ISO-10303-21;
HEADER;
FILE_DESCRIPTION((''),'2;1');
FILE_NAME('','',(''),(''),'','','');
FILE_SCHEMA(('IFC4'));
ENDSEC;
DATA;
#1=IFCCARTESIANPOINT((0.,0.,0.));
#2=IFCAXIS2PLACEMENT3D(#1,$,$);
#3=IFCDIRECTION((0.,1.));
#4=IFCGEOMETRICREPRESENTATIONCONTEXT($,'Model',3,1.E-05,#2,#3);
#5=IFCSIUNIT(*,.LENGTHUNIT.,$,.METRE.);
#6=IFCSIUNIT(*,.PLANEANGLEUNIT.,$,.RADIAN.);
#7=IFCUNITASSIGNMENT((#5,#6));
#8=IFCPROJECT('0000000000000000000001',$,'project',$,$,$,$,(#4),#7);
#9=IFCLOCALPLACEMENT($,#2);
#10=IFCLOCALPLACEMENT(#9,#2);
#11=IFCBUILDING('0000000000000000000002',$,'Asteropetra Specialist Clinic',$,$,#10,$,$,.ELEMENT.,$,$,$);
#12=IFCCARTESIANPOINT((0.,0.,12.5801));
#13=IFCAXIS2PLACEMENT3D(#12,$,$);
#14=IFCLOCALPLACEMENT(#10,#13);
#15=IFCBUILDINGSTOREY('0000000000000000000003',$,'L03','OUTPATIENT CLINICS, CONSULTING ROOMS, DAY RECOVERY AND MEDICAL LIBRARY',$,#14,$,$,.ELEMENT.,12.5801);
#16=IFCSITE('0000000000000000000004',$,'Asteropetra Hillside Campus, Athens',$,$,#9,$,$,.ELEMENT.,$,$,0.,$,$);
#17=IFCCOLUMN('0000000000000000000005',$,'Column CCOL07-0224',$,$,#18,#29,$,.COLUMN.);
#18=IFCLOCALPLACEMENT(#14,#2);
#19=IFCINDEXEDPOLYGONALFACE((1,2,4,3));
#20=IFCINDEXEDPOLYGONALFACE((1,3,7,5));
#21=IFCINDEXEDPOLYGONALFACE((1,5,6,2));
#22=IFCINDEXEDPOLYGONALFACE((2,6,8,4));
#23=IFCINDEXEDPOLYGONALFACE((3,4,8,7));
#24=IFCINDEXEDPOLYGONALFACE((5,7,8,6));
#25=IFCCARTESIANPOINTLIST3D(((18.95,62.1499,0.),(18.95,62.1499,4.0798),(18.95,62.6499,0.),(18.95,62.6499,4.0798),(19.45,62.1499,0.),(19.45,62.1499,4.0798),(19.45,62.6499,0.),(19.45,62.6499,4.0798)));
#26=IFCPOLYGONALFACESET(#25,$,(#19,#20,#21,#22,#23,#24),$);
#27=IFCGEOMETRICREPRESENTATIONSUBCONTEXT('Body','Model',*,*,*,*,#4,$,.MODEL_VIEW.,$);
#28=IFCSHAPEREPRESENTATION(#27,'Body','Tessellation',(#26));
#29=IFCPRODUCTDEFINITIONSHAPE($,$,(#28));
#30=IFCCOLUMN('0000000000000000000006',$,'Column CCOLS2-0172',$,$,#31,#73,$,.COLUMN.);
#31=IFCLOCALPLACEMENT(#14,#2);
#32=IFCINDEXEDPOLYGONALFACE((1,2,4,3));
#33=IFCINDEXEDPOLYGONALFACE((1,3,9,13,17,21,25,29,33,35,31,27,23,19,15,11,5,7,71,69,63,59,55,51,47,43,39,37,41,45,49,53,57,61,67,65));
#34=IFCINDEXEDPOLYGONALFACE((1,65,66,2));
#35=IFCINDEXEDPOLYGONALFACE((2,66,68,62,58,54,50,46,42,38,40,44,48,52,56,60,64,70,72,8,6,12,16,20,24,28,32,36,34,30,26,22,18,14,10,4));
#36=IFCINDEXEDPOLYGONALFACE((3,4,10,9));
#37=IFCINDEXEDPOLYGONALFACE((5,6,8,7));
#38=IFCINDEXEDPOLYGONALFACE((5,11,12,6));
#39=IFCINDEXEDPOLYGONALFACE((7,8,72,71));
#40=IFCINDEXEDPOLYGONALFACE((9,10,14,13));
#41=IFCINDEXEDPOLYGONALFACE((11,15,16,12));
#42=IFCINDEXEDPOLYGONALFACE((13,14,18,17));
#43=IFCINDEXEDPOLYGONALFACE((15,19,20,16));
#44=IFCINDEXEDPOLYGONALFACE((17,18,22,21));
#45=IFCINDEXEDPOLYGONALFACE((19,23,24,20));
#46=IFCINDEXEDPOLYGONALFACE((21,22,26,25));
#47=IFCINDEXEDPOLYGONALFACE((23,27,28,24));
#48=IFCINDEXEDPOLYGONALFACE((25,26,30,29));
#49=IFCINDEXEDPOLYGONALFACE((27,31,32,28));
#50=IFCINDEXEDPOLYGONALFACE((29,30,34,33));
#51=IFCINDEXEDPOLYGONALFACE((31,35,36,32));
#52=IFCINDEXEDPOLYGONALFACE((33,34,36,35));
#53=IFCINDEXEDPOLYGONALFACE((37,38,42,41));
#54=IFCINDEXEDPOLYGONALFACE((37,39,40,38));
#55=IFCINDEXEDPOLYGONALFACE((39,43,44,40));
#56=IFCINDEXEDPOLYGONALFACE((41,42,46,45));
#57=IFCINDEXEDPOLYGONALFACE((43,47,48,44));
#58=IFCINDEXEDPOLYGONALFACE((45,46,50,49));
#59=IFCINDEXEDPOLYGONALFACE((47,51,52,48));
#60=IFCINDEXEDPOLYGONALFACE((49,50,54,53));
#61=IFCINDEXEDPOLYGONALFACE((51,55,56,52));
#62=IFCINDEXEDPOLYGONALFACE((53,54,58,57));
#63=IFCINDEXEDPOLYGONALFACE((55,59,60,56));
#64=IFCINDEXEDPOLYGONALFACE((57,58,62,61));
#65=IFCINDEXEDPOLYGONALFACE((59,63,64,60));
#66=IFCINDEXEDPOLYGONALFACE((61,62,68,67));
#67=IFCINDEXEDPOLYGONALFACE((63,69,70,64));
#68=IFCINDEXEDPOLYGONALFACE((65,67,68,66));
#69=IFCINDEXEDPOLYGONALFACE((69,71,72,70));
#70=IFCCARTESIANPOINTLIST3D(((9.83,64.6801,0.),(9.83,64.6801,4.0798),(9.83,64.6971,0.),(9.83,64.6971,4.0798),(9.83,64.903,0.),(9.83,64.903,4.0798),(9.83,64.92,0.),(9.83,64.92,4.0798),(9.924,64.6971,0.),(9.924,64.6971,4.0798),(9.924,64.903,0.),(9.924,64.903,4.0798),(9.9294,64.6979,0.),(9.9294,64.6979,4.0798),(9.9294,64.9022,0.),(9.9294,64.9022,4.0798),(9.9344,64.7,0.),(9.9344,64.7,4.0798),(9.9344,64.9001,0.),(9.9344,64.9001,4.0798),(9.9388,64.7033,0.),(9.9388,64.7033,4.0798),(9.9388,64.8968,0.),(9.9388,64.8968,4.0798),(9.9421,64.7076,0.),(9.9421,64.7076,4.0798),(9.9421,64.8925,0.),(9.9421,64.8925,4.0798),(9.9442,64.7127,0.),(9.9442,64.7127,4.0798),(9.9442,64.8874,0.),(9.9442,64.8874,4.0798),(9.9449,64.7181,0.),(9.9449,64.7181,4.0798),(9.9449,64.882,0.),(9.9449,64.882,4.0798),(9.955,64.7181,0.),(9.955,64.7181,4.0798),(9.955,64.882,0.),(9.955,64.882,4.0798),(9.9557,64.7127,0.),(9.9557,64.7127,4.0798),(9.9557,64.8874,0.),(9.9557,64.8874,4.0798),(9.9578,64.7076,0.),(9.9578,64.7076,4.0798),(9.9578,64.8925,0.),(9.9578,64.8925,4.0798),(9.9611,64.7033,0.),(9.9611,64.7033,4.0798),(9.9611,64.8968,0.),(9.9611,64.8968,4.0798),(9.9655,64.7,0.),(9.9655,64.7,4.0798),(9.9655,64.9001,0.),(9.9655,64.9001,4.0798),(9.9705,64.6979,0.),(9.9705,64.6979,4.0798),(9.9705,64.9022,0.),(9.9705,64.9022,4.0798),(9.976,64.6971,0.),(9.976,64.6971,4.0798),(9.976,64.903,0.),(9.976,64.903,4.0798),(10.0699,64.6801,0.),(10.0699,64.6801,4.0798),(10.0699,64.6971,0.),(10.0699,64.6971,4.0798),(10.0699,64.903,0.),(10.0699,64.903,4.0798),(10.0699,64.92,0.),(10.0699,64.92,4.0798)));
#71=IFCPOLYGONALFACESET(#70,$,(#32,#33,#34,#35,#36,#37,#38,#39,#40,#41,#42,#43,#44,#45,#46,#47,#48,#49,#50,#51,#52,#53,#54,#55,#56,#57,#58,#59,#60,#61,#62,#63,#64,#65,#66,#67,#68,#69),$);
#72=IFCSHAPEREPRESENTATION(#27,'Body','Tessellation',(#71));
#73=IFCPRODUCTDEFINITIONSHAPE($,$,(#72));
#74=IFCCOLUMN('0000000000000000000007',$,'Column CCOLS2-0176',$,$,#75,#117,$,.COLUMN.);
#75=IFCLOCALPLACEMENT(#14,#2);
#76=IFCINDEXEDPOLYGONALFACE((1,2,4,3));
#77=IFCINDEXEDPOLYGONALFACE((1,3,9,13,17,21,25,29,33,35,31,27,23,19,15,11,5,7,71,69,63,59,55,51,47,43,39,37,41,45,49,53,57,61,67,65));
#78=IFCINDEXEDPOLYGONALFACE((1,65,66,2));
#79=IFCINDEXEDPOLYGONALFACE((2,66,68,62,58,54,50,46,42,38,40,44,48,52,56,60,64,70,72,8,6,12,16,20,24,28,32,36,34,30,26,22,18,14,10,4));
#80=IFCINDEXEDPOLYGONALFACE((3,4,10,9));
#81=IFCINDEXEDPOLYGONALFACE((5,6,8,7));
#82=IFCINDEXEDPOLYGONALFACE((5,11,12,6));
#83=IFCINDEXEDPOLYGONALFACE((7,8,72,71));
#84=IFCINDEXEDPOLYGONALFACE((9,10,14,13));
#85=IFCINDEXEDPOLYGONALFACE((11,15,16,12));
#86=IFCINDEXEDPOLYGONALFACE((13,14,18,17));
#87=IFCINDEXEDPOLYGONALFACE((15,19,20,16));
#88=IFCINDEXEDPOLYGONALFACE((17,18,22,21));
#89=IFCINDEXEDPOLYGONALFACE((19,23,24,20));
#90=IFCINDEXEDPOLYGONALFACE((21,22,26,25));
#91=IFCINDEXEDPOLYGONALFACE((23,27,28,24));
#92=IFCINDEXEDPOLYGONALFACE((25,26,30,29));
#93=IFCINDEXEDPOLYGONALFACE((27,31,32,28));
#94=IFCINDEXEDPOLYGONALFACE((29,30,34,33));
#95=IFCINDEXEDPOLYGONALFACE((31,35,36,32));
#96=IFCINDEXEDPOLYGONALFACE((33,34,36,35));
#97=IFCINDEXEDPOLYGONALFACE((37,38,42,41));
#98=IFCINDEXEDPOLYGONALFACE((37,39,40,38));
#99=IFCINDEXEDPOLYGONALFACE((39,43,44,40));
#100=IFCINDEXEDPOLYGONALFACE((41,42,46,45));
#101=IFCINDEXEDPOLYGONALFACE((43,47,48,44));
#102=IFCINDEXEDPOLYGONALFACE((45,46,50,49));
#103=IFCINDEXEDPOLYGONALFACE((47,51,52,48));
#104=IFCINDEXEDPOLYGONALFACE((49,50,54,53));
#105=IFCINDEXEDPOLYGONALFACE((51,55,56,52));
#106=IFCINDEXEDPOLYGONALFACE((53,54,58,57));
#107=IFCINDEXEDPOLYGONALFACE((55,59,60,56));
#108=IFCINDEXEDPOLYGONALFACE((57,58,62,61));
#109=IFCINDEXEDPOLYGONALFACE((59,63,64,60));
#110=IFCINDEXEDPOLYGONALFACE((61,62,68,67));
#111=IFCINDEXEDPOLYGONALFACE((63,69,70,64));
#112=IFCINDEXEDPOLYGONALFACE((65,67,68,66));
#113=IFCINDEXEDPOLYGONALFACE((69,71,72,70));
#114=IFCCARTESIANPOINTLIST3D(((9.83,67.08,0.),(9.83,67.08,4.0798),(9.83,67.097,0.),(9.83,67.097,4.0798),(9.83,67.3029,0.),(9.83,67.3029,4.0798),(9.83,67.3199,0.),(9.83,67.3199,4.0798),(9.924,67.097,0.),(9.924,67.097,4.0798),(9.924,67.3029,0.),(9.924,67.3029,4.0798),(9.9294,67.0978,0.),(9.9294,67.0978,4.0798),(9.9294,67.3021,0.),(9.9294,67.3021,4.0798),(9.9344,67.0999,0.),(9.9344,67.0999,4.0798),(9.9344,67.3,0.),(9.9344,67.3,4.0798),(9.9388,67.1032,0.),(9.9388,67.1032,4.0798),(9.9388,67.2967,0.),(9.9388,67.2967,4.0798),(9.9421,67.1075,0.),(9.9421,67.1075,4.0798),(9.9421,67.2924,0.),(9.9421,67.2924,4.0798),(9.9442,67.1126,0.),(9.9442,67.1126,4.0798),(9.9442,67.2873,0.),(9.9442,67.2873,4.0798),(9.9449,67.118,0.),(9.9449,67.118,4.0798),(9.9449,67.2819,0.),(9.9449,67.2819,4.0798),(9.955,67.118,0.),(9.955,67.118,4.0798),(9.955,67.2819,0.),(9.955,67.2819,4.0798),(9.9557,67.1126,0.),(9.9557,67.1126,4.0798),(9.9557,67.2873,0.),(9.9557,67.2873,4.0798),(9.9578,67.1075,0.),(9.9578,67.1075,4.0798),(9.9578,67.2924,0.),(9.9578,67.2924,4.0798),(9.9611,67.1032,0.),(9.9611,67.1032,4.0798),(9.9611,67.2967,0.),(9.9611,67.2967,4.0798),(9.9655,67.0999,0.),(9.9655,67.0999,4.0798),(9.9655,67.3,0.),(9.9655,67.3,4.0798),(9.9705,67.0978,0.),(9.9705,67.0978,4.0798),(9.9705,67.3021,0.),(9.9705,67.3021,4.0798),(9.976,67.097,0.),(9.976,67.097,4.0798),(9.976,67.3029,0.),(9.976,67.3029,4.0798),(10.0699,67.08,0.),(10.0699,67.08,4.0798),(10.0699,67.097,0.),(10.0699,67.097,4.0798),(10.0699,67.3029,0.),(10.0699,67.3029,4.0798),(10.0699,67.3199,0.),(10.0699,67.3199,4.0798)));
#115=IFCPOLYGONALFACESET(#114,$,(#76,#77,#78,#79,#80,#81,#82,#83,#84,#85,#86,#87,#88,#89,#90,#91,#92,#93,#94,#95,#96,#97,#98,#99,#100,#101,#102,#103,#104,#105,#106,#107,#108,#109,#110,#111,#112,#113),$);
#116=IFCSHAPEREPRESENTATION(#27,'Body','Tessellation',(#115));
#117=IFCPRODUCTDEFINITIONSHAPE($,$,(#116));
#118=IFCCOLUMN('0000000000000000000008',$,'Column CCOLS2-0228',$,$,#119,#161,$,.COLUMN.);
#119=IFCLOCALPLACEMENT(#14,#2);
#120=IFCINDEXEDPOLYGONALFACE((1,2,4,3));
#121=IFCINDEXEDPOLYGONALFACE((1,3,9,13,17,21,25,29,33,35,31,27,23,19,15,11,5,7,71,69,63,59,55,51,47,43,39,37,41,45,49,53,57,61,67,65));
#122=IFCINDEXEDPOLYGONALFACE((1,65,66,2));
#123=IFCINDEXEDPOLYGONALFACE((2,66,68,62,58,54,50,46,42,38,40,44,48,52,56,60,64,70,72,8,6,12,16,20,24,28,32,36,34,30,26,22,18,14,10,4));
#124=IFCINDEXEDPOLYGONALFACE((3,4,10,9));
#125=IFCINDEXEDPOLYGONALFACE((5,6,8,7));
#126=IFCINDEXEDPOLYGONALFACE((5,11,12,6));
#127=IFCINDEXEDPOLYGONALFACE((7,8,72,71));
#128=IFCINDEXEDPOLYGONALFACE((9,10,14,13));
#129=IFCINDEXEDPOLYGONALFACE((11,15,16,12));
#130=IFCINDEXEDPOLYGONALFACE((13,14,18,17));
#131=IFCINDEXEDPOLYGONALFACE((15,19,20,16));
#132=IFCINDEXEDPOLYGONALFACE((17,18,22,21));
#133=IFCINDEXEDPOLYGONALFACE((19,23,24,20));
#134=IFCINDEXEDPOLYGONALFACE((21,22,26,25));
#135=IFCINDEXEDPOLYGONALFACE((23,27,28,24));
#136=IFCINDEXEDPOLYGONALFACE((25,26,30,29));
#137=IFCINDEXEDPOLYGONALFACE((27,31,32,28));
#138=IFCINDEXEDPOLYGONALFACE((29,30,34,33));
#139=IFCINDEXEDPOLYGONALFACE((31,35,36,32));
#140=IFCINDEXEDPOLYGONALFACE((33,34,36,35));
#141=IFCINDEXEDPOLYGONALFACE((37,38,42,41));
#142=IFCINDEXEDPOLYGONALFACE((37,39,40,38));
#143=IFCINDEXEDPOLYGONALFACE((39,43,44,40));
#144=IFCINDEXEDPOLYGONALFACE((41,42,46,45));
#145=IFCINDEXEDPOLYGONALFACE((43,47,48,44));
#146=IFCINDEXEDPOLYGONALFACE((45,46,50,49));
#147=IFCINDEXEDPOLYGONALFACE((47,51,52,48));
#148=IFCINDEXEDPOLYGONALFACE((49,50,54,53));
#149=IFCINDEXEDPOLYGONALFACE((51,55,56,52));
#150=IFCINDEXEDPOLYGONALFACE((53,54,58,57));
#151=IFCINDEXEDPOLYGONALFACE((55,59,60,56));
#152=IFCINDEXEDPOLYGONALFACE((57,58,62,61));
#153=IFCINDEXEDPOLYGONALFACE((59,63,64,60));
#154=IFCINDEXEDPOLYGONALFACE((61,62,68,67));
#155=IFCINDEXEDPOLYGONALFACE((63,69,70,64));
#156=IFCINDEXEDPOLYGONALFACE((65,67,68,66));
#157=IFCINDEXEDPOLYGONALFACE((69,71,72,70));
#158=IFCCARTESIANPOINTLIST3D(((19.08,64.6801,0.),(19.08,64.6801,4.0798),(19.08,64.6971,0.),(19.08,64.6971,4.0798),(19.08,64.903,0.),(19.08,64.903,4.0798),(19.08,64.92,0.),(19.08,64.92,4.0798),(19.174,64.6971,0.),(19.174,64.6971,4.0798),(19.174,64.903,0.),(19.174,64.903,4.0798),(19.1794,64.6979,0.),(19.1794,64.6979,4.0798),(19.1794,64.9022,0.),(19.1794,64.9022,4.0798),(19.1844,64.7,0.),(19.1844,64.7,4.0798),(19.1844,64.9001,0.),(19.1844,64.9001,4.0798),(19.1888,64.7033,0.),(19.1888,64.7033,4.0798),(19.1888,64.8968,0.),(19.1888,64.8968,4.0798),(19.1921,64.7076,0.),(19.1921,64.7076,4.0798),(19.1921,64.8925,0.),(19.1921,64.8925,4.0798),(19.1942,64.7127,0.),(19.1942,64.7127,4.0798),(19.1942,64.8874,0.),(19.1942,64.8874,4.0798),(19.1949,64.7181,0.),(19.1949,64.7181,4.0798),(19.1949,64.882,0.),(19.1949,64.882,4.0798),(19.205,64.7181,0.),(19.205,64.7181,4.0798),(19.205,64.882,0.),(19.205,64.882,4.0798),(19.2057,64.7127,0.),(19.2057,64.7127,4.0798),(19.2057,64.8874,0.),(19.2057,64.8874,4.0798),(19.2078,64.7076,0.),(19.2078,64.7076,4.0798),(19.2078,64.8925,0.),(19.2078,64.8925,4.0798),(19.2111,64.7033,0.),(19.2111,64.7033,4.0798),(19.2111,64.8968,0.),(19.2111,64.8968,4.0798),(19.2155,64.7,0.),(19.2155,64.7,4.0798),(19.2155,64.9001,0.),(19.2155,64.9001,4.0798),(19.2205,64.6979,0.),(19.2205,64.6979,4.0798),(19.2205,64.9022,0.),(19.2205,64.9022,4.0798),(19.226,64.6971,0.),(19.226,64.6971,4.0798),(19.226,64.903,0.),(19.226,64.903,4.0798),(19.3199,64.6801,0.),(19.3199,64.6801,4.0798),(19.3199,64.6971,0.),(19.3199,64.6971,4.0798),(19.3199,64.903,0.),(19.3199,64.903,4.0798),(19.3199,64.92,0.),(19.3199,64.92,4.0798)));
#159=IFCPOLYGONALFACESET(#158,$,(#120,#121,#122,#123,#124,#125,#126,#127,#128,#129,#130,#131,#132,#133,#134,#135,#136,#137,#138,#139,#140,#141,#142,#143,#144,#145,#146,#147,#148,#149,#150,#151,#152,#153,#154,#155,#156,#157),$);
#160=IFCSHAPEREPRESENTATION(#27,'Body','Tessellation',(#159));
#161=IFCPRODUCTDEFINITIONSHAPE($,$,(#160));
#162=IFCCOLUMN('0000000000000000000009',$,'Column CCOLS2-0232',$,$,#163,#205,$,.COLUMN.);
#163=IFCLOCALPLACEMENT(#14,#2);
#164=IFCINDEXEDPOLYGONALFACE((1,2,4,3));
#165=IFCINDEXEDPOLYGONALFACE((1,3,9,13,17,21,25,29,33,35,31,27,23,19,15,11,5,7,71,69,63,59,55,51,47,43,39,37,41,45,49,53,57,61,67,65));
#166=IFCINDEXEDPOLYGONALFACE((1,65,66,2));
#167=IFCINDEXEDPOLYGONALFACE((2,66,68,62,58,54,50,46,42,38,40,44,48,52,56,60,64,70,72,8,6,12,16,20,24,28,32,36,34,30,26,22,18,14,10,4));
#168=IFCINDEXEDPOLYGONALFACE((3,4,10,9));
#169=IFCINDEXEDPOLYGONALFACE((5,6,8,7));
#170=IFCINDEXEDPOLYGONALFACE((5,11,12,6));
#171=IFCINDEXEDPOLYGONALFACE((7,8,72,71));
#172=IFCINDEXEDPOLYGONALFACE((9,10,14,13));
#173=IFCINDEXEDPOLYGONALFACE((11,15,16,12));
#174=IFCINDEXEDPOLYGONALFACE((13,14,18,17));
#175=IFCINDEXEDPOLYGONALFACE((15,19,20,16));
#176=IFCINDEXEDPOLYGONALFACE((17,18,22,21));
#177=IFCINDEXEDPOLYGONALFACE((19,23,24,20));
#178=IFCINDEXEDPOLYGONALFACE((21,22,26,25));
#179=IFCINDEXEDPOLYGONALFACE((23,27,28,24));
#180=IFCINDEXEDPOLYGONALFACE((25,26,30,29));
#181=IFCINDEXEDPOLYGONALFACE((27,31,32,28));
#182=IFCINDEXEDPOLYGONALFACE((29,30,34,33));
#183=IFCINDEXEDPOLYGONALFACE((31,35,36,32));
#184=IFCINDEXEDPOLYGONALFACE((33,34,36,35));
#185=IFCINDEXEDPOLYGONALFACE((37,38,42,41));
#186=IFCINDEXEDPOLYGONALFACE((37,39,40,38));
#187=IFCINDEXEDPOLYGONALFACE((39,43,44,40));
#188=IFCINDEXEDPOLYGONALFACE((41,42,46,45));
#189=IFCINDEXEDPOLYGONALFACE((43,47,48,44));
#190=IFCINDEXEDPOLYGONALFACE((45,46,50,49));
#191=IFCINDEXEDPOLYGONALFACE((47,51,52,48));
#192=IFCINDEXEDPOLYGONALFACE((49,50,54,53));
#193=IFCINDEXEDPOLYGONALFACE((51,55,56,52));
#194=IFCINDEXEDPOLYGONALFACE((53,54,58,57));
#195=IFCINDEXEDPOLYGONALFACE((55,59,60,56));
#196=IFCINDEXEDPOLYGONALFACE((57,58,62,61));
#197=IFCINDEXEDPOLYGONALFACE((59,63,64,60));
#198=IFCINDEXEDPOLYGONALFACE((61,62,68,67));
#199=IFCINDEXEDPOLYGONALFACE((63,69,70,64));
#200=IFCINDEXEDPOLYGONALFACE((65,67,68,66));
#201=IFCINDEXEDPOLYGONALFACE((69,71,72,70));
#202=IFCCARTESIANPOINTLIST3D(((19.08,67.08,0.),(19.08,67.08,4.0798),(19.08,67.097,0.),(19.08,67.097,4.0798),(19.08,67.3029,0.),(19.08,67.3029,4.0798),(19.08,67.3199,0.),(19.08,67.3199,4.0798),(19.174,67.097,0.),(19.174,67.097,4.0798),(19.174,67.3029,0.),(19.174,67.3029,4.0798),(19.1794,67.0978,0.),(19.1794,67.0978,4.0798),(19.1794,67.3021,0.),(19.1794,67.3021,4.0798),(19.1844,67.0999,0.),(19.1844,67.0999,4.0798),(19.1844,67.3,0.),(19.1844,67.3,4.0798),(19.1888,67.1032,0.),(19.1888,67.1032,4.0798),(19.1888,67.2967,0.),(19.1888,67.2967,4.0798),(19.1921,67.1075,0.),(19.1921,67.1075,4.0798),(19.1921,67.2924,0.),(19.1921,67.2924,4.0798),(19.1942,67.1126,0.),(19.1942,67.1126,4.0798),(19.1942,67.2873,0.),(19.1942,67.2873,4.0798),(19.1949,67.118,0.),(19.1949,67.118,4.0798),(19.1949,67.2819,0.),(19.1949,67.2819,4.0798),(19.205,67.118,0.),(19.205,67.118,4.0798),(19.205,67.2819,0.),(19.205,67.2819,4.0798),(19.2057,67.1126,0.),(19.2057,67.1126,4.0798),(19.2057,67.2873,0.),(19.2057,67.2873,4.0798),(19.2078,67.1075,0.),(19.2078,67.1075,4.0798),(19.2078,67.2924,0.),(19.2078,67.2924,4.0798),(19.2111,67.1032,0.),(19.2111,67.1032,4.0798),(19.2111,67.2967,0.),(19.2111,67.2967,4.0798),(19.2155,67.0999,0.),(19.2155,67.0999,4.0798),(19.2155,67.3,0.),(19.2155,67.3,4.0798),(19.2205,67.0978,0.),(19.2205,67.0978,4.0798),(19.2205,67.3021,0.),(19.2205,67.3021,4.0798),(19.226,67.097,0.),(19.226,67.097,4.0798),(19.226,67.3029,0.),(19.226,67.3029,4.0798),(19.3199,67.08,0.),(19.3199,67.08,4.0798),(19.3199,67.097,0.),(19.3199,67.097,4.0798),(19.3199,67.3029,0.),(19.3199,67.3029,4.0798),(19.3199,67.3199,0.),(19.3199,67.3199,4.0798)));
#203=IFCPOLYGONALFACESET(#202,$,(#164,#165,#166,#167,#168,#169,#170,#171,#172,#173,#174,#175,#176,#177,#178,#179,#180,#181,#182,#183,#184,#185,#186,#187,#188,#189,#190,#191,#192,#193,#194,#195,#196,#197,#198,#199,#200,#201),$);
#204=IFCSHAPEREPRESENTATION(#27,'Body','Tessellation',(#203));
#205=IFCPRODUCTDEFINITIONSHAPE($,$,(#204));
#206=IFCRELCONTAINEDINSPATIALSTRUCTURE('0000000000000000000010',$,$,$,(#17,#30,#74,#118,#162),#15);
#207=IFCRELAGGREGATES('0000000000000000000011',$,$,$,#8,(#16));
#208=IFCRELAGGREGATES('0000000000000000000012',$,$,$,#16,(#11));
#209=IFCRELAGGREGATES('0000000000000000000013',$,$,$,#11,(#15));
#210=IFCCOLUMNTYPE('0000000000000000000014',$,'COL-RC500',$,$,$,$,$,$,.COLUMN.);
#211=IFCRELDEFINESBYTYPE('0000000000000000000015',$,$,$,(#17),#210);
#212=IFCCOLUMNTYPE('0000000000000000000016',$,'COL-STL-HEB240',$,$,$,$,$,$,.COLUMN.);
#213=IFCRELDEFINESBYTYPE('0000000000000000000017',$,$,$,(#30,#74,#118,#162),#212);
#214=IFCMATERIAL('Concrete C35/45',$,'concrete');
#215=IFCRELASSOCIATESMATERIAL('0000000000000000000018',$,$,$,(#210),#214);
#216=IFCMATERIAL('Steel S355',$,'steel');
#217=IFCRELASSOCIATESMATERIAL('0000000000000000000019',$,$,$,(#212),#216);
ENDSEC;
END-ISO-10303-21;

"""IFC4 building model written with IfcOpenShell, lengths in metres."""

from ifc_helpers import new_model, si_unit, direction, frame, origin, origin_2d, place, context, subcontext, project, spatial, rectangle, i_section, extrude, material, material_profile, profile_set, type_object, element, save


model = new_model("IFC4")

# Units and contexts
model_context = context("Model", 3, precision=1e-05, world=origin(), true_north=direction((0.0, 1.0)))
body_context = subcontext(model_context, "Body", "Model", "MODEL_VIEW")
ifc_project = project(units=[si_unit("LENGTHUNIT", "METRE"), si_unit("PLANEANGLEUNIT", "RADIAN")], contexts=[model_context])

# Site, building, storey
site_placement = place(None, origin())
site = spatial("IfcSite", under=ifc_project, at=site_placement, Name="Asteropetra Hillside Campus, Athens", CompositionType="ELEMENT", RefElevation=0.0)
building_placement = place(site_placement, origin())
building = spatial("IfcBuilding", under=site, at=building_placement, Name="Asteropetra Specialist Clinic", CompositionType="ELEMENT")
storey_placement = place(building_placement, frame((0.0, 0.0, 12.5801)))
storey = spatial("IfcBuildingStorey", under=building, at=storey_placement, Name="L03", Description="OUTPATIENT CLINICS, CONSULTING ROOMS, DAY RECOVERY AND MEDICAL LIBRARY", CompositionType="ELEMENT", Elevation=12.5801)

# Columns
ifc_material_1 = material(Name="Concrete C35/45", Category="concrete")
ifc_material_profile_1 = material_profile(ifc_material_1, rectangle(XDim=0.5, YDim=0.5, at=origin_2d()), Name="RC 500x500")
ifc_profile_set_1 = profile_set([ifc_material_profile_1], Name="Concrete C35/45")
column_type_1 = type_object("IfcColumnType", Name="COL-RC500", PredefinedType="COLUMN", material=ifc_profile_set_1)
column_placement = place(storey_placement, frame((19.2, 62.3999, 0.0), z_axis=(0.0, 0.0, 1.0), x_axis=(1.0, 0.0, 0.0)))
element("IfcColumn", 1, at=column_placement, inside=storey, type_object=column_type_1, Name="Column CCOL07-0224", PredefinedType="COLUMN", context=body_context, shape_type="SweptSolid", body=[
    extrude(rectangle(XDim=0.5, YDim=0.5, at=origin_2d()), origin(), (0.0, 0.0, 1.0), 4.0798),
])
ifc_material_2 = material(Name="Steel S355", Category="steel")
ifc_material_profile_2 = material_profile(ifc_material_2, i_section(OverallWidth=0.24, OverallDepth=0.24, WebThickness=0.01, FlangeThickness=0.0171, FilletRadius=0.021, at=origin_2d()), Name="HEB 240")
ifc_profile_set_2 = profile_set([ifc_material_profile_2], Name="Steel S355")
column_type_2 = type_object("IfcColumnType", Name="COL-STL-HEB240", PredefinedType="COLUMN", material=ifc_profile_set_2)
for number, where, z_axis, x_axis, name in (
    (2, (9.95, 64.8, 0.0), (0.0, 0.0, 1.0), (1.0, 0.0, 0.0), "Column CCOLS2-0172"),
    (3, (9.95, 67.2, 0.0), (0.0, 0.0, 1.0), (1.0, 0.0, 0.0), "Column CCOLS2-0176"),
    (4, (19.2, 64.8, 0.0), (0.0, 0.0, 1.0), (1.0, 0.0, 0.0), "Column CCOLS2-0228"),
    (5, (19.2, 67.2, 0.0), (0.0, 0.0, 1.0), (1.0, 0.0, 0.0), "Column CCOLS2-0232"),
):
    element("IfcColumn", number, at=place(storey_placement, frame(where, z_axis=z_axis, x_axis=x_axis)), inside=storey, type_object=column_type_2, Name=name, PredefinedType="COLUMN", context=body_context, shape_type="SweptSolid", body=[
        extrude(i_section(OverallWidth=0.24, OverallDepth=0.24, WebThickness=0.01, FlangeThickness=0.0171, FilletRadius=0.021, at=origin_2d()), origin(), (0.0, 0.0, 1.0), 4.0798),
    ])

save(model, "model.ifc")
